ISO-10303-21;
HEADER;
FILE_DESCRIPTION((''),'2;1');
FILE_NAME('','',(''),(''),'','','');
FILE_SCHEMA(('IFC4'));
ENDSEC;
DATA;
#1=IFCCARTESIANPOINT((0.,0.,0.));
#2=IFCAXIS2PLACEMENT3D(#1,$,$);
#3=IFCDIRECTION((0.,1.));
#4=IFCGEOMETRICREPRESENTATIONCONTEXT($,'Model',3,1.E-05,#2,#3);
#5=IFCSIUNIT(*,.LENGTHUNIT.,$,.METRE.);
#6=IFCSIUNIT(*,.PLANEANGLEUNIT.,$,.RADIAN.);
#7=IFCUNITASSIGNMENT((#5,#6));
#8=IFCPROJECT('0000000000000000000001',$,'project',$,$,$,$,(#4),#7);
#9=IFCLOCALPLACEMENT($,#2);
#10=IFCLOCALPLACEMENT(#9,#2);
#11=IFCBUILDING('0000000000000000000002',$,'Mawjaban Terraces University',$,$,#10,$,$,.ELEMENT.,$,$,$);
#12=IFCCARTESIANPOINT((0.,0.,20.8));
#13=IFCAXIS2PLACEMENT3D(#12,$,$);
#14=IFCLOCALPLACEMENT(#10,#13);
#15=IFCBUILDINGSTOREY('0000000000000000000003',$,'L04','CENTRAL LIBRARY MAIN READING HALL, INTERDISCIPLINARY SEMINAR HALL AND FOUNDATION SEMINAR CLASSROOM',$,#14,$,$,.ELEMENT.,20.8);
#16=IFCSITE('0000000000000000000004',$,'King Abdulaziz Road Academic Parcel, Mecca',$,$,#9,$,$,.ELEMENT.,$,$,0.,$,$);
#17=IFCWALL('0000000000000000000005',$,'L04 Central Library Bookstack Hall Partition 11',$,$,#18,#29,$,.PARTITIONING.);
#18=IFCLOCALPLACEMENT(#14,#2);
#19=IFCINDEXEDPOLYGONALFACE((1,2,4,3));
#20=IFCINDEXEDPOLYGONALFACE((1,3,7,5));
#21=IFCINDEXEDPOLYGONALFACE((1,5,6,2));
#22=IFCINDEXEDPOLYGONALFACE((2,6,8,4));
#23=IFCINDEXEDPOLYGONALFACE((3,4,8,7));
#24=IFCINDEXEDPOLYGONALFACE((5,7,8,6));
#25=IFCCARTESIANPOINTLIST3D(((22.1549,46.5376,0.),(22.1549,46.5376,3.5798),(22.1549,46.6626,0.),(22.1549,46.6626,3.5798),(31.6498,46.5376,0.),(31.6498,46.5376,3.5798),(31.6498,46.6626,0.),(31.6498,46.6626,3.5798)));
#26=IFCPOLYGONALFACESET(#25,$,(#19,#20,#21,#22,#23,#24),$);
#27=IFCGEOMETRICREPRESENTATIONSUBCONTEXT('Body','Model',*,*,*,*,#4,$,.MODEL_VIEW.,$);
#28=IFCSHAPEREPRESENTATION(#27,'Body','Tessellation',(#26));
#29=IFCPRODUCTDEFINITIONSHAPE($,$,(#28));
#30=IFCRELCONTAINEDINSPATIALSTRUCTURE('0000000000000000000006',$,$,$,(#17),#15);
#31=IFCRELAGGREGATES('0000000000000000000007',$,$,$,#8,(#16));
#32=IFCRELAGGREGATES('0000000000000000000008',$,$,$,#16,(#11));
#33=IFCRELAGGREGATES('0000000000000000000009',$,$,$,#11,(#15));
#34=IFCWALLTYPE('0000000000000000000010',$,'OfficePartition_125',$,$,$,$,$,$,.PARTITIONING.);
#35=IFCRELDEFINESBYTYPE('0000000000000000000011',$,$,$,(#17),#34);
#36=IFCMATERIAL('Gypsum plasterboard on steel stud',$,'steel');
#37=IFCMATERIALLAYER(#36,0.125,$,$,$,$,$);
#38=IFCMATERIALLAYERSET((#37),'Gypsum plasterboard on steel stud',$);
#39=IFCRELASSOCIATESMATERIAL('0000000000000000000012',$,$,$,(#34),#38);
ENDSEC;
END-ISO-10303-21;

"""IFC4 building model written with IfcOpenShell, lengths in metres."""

from ifc_helpers import new_model, si_unit, direction, frame, frame_2d, origin, place, context, subcontext, project, spatial, rectangle, extrude, material, layer, layer_set, type_object, element, save


model = new_model("IFC4")

# Units and contexts
model_context = context("Model", 3, precision=1e-05, world=origin(), true_north=direction((0.0, 1.0)))
body_context = subcontext(model_context, "Body", "Model", "MODEL_VIEW")
ifc_project = project(units=[si_unit("LENGTHUNIT", "METRE"), si_unit("PLANEANGLEUNIT", "RADIAN")], contexts=[model_context])

# Site, building, storey
site_placement = place(None, origin())
site = spatial("IfcSite", under=ifc_project, at=site_placement, Name="King Abdulaziz Road Academic Parcel, Mecca", CompositionType="ELEMENT", RefElevation=0.0)
building_placement = place(site_placement, origin())
building = spatial("IfcBuilding", under=site, at=building_placement, Name="Mawjaban Terraces University", CompositionType="ELEMENT")
storey_placement = place(building_placement, frame((0.0, 0.0, 20.8)))
storey = spatial("IfcBuildingStorey", under=building, at=storey_placement, Name="L04", Description="CENTRAL LIBRARY MAIN READING HALL, INTERDISCIPLINARY SEMINAR HALL AND FOUNDATION SEMINAR CLASSROOM", CompositionType="ELEMENT", Elevation=20.8)

# Wall
ifc_material_1 = material(Name="Gypsum plasterboard on steel stud", Category="steel")
ifc_layer_1 = layer(ifc_material_1, 0.125)
ifc_layer_set_1 = layer_set([ifc_layer_1], Name="Gypsum plasterboard on steel stud")
wall_type_1 = type_object("IfcWallType", Name="OfficePartition_125", PredefinedType="PARTITIONING", material=ifc_layer_set_1)
wall_1_placement = place(storey_placement, frame((31.6499, 46.6001, 0.0), z_axis=(0.0, 0.0, 1.0), x_axis=(-1.0, 0.0, 0.0)))
element("IfcWall", 1, at=wall_1_placement, inside=storey, type_object=wall_type_1, Name="L04 Central Library Bookstack Hall Partition 11", PredefinedType="PARTITIONING", context=body_context, shape_type="SweptSolid", body=[
    extrude(rectangle(XDim=9.4949, YDim=0.125, at=frame_2d((4.7476, 0.0))), origin(), (0.0, 0.0, 1.0), 3.5798),
])

save(model, "model.ifc")
